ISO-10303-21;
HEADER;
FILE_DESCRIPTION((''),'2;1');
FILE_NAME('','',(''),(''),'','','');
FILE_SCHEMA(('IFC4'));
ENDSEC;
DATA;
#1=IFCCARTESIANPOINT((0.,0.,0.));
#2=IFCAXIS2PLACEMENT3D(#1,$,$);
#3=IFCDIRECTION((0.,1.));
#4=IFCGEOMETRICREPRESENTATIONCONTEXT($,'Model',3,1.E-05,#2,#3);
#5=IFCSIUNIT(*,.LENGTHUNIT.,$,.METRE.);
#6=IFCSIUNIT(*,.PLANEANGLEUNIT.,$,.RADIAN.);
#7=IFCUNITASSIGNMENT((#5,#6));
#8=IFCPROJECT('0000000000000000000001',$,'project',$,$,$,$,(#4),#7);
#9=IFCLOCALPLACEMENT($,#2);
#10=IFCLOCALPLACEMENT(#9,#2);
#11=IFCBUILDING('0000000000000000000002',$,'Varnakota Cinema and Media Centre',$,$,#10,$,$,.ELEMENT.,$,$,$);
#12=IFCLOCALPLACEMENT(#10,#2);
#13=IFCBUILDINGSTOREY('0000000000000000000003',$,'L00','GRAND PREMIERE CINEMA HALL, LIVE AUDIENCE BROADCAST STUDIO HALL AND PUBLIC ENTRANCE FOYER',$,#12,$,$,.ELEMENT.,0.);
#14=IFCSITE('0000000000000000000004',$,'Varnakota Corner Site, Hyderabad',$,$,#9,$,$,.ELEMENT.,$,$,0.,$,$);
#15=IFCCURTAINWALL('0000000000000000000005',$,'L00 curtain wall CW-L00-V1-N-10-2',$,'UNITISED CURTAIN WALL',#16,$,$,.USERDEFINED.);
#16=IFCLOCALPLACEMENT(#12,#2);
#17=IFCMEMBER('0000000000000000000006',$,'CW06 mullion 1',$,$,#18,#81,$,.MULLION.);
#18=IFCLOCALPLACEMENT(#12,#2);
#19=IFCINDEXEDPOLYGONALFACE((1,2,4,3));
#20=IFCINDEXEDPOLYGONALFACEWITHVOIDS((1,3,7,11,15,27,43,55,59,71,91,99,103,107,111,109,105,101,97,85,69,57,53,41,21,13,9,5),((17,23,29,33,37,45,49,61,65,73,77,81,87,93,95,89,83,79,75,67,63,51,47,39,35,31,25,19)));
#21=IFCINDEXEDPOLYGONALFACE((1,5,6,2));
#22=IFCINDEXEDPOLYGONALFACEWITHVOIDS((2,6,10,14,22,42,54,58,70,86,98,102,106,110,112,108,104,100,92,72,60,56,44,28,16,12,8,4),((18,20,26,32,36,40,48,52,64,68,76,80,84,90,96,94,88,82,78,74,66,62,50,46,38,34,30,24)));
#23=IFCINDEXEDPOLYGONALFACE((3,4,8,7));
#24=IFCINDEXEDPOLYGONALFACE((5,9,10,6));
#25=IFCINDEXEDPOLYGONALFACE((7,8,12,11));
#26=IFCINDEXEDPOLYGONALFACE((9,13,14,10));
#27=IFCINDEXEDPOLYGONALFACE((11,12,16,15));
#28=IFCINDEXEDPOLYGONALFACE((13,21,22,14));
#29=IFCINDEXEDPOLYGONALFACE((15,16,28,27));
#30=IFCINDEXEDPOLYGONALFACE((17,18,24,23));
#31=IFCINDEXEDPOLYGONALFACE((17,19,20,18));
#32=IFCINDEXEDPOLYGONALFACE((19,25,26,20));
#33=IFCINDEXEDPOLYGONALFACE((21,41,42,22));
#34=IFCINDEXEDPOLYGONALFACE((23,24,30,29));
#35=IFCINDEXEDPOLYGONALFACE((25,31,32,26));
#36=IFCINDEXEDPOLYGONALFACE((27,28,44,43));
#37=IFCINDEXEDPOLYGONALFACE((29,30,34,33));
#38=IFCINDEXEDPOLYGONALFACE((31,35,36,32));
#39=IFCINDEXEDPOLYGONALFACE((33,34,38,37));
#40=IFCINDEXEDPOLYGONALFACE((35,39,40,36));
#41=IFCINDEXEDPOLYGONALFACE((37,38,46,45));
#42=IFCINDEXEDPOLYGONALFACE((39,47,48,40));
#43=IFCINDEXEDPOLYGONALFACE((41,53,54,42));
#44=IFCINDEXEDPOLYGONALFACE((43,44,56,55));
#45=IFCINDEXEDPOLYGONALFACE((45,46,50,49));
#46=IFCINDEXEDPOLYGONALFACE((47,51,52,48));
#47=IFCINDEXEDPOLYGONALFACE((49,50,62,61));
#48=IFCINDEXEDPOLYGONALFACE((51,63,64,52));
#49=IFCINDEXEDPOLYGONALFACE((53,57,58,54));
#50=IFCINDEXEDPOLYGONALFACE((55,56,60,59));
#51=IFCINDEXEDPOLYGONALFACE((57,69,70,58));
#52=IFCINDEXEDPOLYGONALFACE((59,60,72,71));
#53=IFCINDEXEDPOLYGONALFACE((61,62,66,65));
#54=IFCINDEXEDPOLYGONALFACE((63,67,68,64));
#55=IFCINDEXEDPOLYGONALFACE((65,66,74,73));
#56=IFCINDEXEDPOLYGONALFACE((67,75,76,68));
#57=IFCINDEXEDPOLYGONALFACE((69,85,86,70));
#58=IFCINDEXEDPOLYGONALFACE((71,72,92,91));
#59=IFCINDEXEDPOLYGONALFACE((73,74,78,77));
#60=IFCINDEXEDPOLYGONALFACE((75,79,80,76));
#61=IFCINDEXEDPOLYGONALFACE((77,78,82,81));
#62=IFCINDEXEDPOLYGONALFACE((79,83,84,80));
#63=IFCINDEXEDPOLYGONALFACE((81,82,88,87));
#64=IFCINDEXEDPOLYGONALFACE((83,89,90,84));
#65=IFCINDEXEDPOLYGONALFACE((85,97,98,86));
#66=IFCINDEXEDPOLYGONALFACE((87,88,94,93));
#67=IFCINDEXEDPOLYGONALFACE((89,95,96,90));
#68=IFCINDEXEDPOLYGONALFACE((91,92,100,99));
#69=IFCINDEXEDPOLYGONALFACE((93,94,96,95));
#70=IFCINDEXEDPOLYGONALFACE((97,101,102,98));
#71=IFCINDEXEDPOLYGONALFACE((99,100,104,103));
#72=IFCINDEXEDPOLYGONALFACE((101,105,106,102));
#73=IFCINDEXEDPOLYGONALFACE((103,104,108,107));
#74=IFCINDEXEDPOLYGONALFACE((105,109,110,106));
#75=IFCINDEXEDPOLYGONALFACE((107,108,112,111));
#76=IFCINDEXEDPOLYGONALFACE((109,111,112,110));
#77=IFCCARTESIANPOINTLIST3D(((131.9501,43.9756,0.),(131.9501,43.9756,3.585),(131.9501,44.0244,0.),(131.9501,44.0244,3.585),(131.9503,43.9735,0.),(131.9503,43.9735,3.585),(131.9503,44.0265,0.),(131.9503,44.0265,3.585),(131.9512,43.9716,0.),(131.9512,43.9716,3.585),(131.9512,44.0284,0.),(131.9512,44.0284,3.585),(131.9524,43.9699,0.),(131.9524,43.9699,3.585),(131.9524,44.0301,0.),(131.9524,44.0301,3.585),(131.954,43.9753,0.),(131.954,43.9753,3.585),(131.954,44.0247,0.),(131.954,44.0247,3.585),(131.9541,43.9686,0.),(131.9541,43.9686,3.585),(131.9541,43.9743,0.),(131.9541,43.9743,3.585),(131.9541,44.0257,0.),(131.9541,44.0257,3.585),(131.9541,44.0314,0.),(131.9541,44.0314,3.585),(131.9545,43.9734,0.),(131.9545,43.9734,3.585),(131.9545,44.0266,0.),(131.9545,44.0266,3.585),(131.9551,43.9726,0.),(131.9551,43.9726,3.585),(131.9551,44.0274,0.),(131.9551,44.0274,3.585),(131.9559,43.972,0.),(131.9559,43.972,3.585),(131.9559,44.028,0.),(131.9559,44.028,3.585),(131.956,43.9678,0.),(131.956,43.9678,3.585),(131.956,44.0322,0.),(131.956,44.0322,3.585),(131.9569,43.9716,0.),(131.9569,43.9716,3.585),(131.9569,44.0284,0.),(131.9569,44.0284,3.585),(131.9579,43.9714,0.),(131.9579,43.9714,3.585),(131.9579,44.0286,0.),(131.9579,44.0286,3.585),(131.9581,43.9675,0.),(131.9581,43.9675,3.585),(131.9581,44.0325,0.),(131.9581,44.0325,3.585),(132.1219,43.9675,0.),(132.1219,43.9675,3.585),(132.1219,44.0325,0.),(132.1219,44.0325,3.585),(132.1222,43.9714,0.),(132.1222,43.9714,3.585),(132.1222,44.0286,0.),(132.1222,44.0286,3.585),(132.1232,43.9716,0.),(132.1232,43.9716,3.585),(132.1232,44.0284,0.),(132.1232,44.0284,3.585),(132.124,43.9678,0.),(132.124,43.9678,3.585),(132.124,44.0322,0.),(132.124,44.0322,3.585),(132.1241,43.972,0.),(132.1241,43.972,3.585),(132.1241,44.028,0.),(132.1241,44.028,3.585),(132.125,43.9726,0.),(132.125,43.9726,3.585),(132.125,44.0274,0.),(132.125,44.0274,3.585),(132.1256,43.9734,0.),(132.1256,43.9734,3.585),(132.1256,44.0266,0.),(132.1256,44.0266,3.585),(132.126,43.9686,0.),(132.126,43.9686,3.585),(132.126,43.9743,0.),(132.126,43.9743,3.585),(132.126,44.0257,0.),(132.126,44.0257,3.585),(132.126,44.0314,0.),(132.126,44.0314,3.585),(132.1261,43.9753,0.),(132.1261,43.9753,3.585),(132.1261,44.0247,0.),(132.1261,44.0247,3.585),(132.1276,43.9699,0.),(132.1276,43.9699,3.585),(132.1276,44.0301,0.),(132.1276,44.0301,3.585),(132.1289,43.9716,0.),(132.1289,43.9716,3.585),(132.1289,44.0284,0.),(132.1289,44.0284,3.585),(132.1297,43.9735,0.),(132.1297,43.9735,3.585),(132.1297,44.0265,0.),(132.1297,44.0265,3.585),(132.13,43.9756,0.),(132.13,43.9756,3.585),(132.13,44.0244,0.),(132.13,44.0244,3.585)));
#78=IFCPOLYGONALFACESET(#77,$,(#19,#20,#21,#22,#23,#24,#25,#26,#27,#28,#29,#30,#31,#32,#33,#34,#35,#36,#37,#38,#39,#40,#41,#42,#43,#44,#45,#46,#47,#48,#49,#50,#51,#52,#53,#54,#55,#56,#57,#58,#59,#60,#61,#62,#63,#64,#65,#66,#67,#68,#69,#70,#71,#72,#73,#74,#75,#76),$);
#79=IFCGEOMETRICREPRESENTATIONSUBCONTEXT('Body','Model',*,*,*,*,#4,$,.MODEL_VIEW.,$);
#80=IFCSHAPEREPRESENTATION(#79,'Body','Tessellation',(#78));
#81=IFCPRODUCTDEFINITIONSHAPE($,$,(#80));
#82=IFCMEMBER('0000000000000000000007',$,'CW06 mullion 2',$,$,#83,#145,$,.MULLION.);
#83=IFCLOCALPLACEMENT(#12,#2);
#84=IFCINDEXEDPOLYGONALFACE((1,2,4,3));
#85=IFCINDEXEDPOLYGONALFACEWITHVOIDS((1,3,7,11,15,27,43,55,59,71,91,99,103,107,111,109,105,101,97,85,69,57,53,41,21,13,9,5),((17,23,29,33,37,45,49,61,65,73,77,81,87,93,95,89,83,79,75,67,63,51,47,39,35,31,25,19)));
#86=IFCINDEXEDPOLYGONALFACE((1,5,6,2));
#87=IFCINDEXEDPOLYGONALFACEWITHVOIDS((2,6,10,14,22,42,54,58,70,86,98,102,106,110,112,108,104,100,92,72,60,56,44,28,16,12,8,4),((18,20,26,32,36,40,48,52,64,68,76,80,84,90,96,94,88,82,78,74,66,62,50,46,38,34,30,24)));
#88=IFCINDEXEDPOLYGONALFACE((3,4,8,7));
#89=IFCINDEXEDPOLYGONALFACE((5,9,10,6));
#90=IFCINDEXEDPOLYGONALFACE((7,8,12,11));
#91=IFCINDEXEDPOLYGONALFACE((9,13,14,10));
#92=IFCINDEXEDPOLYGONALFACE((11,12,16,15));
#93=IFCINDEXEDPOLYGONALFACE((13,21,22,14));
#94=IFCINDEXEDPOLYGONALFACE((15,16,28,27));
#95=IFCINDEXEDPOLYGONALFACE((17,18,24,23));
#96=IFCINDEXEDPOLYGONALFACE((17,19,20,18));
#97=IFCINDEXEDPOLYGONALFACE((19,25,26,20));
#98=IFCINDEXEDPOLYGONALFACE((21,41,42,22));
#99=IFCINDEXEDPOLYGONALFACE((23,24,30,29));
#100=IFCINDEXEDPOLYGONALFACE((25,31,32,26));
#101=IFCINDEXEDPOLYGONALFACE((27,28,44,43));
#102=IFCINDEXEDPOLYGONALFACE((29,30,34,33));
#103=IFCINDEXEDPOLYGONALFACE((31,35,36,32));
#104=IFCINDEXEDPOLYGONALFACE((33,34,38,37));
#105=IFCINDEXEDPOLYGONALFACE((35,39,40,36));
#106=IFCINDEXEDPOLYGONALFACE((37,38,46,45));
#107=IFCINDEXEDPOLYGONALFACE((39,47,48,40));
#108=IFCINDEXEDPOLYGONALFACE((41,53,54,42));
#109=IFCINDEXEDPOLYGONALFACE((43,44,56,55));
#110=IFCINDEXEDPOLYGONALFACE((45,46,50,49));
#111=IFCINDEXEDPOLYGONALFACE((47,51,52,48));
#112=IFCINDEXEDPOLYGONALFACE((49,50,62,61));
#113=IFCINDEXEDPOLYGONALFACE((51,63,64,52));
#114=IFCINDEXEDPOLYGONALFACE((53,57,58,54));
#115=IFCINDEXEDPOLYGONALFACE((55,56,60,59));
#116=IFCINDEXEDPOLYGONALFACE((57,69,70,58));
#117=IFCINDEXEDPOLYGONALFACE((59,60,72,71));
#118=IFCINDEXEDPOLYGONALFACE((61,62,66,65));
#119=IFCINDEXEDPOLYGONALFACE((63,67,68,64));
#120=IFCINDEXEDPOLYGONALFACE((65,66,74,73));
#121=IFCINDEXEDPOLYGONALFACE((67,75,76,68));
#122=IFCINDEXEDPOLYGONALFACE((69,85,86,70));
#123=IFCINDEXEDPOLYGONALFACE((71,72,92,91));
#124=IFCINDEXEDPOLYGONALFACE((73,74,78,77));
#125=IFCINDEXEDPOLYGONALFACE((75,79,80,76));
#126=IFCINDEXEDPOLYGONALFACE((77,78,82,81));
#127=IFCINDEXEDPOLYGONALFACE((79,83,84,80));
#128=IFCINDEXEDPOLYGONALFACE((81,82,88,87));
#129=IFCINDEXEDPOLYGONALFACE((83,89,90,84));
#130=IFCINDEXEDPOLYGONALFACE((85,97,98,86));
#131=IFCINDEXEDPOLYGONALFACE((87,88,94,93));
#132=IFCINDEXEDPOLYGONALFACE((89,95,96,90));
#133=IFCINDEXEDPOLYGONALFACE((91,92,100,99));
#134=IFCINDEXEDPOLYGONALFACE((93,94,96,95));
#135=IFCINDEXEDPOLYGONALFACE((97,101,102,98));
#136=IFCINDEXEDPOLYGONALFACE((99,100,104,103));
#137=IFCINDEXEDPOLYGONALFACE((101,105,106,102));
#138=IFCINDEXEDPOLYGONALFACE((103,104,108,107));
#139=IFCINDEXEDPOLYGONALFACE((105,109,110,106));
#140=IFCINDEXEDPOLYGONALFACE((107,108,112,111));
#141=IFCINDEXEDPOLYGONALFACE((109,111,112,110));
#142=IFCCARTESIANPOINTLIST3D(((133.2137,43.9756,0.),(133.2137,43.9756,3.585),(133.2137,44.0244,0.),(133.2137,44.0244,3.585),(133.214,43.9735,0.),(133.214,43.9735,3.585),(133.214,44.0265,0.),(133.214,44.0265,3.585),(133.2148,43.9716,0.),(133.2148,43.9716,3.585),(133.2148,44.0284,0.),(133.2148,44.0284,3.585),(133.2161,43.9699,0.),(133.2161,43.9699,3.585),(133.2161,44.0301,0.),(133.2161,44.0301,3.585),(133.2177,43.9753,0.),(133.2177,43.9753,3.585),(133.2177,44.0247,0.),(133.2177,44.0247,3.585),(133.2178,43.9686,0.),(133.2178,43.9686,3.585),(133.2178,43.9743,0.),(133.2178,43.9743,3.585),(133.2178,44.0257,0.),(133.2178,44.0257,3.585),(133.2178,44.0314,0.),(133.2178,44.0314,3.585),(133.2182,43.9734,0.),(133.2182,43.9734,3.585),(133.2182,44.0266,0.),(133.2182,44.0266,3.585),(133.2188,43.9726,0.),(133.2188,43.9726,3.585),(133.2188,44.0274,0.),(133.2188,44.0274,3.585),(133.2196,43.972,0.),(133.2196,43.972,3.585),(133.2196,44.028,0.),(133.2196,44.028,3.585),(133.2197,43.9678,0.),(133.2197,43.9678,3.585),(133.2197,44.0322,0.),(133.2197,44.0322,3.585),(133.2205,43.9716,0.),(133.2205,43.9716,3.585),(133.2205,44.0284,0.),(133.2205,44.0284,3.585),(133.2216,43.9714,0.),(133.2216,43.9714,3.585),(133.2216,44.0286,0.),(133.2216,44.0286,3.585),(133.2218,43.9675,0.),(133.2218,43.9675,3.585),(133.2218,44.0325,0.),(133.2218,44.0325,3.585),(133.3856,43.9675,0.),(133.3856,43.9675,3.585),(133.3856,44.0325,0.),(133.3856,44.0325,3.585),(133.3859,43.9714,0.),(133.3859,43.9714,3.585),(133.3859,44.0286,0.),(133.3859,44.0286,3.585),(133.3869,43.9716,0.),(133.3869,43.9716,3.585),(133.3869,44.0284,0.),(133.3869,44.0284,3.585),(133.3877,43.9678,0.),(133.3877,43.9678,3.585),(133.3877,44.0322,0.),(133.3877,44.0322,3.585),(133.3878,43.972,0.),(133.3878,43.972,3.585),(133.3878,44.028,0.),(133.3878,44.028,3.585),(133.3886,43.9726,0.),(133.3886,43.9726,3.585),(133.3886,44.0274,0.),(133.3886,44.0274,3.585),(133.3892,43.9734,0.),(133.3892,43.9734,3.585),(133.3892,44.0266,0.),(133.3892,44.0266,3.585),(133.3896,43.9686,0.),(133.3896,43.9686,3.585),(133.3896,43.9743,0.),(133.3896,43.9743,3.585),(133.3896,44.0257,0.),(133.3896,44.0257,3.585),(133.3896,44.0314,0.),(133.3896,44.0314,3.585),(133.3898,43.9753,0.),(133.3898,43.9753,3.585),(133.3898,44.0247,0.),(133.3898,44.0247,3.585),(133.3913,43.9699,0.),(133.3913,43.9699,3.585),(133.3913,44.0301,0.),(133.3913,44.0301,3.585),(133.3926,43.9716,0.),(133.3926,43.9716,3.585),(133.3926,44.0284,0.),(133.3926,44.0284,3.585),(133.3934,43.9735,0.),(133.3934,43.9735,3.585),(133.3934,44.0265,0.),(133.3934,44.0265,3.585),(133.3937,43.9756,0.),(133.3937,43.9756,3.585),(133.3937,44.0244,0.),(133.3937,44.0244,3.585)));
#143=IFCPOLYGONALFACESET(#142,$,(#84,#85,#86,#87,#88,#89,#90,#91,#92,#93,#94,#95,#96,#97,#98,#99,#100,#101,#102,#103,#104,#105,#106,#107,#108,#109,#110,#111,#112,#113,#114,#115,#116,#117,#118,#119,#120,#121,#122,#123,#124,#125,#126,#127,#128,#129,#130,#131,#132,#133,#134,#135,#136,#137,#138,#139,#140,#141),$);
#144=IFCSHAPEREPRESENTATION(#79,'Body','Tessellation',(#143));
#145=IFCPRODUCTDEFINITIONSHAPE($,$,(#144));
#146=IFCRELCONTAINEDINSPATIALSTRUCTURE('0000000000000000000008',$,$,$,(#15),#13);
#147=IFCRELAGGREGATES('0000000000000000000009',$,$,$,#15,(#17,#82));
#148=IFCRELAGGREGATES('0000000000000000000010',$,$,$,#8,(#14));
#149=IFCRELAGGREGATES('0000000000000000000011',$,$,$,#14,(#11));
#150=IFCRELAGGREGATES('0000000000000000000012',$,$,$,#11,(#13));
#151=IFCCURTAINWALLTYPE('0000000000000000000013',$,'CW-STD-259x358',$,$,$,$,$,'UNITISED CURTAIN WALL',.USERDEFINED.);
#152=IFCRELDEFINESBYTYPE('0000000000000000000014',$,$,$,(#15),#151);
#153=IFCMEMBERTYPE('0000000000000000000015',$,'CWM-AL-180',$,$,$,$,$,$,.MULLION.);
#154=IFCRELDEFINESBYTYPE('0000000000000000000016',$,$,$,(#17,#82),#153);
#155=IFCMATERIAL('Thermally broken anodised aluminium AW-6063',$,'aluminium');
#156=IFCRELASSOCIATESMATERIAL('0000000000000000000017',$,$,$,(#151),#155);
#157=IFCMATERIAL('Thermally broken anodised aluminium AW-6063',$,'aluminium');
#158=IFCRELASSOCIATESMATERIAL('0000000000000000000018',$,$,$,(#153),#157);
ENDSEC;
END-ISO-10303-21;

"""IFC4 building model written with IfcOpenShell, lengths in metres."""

from ifc_helpers import new_model, si_unit, direction, frame, origin, origin_2d, place, context, subcontext, project, spatial, hollow_rectangle, extrude, material, material_profile, profile_set, type_object, element, aggregate, save


model = new_model("IFC4")

# Units and contexts
model_context = context("Model", 3, precision=1e-05, world=origin(), true_north=direction((0.0, 1.0)))
body_context = subcontext(model_context, "Body", "Model", "MODEL_VIEW")
ifc_project = project(units=[si_unit("LENGTHUNIT", "METRE"), si_unit("PLANEANGLEUNIT", "RADIAN")], contexts=[model_context])

# Site, building, storey
site_placement = place(None, origin())
site = spatial("IfcSite", under=ifc_project, at=site_placement, Name="Varnakota Corner Site, Hyderabad", CompositionType="ELEMENT", RefElevation=0.0)
building_placement = place(site_placement, origin())
building = spatial("IfcBuilding", under=site, at=building_placement, Name="Varnakota Cinema and Media Centre", CompositionType="ELEMENT")
storey_placement = place(building_placement, origin())
storey = spatial("IfcBuildingStorey", under=building, at=storey_placement, Name="L00", Description="GRAND PREMIERE CINEMA HALL, LIVE AUDIENCE BROADCAST STUDIO HALL AND PUBLIC ENTRANCE FOYER", CompositionType="ELEMENT", Elevation=0.0)

# Curtain wall, members
ifc_material_1 = material(Name="Thermally broken anodised aluminium AW-6063", Category="aluminium")
curtain_wall_type = type_object("IfcCurtainWallType", Name="CW-STD-259x358", ElementType="UNITISED CURTAIN WALL", PredefinedType="USERDEFINED", material=ifc_material_1)
ifc_material_2 = material(Name="Thermally broken anodised aluminium AW-6063", Category="aluminium")
ifc_material_profile_1 = material_profile(ifc_material_2, hollow_rectangle(XDim=0.0649, YDim=0.1799, WallThickness=0.0039, InnerFilletRadius=0.0039, OuterFilletRadius=0.0081, at=origin_2d()), Name="AL-MULLION 180x65x4")
ifc_profile_set_1 = profile_set([ifc_material_profile_1], Name="Thermally broken anodised aluminium AW-6063")
member_type_1 = type_object("IfcMemberType", Name="CWM-AL-180", PredefinedType="MULLION", material=ifc_profile_set_1)
curtain_wall_1_placement = place(storey_placement, origin())
curtain_wall_1 = element("IfcCurtainWall", 1, at=curtain_wall_1_placement, inside=storey, type_object=curtain_wall_type, Name="L00 curtain wall CW-L00-V1-N-10-2", ObjectType="UNITISED CURTAIN WALL", PredefinedType="USERDEFINED")
member_1_placement = place(storey_placement, frame((132.04, 44.0, 0.0), z_axis=(0.0, 0.0, 1.0), x_axis=(0.0, 1.0, 0.0)))
member_1 = element("IfcMember", 2, at=member_1_placement, type_object=member_type_1, Name="CW06 mullion 1", PredefinedType="MULLION", context=body_context, shape_type="SweptSolid", body=[
    extrude(hollow_rectangle(XDim=0.0649, YDim=0.1799, WallThickness=0.0039, InnerFilletRadius=0.0039, OuterFilletRadius=0.0081, at=origin_2d()), origin(), (0.0, 0.0, 1.0), 3.585),
])
member_2_placement = place(storey_placement, frame((133.3037, 44.0, 0.0), z_axis=(0.0, 0.0, 1.0), x_axis=(0.0, 1.0, 0.0)))
member_2 = element("IfcMember", 3, at=member_2_placement, type_object=member_type_1, Name="CW06 mullion 2", PredefinedType="MULLION", context=body_context, shape_type="SweptSolid", body=[
    extrude(hollow_rectangle(XDim=0.0649, YDim=0.1799, WallThickness=0.0039, InnerFilletRadius=0.0039, OuterFilletRadius=0.0081, at=origin_2d()), origin(), (0.0, 0.0, 1.0), 3.585),
])

aggregate(curtain_wall_1, [member_1, member_2])

save(model, "model.ifc")
